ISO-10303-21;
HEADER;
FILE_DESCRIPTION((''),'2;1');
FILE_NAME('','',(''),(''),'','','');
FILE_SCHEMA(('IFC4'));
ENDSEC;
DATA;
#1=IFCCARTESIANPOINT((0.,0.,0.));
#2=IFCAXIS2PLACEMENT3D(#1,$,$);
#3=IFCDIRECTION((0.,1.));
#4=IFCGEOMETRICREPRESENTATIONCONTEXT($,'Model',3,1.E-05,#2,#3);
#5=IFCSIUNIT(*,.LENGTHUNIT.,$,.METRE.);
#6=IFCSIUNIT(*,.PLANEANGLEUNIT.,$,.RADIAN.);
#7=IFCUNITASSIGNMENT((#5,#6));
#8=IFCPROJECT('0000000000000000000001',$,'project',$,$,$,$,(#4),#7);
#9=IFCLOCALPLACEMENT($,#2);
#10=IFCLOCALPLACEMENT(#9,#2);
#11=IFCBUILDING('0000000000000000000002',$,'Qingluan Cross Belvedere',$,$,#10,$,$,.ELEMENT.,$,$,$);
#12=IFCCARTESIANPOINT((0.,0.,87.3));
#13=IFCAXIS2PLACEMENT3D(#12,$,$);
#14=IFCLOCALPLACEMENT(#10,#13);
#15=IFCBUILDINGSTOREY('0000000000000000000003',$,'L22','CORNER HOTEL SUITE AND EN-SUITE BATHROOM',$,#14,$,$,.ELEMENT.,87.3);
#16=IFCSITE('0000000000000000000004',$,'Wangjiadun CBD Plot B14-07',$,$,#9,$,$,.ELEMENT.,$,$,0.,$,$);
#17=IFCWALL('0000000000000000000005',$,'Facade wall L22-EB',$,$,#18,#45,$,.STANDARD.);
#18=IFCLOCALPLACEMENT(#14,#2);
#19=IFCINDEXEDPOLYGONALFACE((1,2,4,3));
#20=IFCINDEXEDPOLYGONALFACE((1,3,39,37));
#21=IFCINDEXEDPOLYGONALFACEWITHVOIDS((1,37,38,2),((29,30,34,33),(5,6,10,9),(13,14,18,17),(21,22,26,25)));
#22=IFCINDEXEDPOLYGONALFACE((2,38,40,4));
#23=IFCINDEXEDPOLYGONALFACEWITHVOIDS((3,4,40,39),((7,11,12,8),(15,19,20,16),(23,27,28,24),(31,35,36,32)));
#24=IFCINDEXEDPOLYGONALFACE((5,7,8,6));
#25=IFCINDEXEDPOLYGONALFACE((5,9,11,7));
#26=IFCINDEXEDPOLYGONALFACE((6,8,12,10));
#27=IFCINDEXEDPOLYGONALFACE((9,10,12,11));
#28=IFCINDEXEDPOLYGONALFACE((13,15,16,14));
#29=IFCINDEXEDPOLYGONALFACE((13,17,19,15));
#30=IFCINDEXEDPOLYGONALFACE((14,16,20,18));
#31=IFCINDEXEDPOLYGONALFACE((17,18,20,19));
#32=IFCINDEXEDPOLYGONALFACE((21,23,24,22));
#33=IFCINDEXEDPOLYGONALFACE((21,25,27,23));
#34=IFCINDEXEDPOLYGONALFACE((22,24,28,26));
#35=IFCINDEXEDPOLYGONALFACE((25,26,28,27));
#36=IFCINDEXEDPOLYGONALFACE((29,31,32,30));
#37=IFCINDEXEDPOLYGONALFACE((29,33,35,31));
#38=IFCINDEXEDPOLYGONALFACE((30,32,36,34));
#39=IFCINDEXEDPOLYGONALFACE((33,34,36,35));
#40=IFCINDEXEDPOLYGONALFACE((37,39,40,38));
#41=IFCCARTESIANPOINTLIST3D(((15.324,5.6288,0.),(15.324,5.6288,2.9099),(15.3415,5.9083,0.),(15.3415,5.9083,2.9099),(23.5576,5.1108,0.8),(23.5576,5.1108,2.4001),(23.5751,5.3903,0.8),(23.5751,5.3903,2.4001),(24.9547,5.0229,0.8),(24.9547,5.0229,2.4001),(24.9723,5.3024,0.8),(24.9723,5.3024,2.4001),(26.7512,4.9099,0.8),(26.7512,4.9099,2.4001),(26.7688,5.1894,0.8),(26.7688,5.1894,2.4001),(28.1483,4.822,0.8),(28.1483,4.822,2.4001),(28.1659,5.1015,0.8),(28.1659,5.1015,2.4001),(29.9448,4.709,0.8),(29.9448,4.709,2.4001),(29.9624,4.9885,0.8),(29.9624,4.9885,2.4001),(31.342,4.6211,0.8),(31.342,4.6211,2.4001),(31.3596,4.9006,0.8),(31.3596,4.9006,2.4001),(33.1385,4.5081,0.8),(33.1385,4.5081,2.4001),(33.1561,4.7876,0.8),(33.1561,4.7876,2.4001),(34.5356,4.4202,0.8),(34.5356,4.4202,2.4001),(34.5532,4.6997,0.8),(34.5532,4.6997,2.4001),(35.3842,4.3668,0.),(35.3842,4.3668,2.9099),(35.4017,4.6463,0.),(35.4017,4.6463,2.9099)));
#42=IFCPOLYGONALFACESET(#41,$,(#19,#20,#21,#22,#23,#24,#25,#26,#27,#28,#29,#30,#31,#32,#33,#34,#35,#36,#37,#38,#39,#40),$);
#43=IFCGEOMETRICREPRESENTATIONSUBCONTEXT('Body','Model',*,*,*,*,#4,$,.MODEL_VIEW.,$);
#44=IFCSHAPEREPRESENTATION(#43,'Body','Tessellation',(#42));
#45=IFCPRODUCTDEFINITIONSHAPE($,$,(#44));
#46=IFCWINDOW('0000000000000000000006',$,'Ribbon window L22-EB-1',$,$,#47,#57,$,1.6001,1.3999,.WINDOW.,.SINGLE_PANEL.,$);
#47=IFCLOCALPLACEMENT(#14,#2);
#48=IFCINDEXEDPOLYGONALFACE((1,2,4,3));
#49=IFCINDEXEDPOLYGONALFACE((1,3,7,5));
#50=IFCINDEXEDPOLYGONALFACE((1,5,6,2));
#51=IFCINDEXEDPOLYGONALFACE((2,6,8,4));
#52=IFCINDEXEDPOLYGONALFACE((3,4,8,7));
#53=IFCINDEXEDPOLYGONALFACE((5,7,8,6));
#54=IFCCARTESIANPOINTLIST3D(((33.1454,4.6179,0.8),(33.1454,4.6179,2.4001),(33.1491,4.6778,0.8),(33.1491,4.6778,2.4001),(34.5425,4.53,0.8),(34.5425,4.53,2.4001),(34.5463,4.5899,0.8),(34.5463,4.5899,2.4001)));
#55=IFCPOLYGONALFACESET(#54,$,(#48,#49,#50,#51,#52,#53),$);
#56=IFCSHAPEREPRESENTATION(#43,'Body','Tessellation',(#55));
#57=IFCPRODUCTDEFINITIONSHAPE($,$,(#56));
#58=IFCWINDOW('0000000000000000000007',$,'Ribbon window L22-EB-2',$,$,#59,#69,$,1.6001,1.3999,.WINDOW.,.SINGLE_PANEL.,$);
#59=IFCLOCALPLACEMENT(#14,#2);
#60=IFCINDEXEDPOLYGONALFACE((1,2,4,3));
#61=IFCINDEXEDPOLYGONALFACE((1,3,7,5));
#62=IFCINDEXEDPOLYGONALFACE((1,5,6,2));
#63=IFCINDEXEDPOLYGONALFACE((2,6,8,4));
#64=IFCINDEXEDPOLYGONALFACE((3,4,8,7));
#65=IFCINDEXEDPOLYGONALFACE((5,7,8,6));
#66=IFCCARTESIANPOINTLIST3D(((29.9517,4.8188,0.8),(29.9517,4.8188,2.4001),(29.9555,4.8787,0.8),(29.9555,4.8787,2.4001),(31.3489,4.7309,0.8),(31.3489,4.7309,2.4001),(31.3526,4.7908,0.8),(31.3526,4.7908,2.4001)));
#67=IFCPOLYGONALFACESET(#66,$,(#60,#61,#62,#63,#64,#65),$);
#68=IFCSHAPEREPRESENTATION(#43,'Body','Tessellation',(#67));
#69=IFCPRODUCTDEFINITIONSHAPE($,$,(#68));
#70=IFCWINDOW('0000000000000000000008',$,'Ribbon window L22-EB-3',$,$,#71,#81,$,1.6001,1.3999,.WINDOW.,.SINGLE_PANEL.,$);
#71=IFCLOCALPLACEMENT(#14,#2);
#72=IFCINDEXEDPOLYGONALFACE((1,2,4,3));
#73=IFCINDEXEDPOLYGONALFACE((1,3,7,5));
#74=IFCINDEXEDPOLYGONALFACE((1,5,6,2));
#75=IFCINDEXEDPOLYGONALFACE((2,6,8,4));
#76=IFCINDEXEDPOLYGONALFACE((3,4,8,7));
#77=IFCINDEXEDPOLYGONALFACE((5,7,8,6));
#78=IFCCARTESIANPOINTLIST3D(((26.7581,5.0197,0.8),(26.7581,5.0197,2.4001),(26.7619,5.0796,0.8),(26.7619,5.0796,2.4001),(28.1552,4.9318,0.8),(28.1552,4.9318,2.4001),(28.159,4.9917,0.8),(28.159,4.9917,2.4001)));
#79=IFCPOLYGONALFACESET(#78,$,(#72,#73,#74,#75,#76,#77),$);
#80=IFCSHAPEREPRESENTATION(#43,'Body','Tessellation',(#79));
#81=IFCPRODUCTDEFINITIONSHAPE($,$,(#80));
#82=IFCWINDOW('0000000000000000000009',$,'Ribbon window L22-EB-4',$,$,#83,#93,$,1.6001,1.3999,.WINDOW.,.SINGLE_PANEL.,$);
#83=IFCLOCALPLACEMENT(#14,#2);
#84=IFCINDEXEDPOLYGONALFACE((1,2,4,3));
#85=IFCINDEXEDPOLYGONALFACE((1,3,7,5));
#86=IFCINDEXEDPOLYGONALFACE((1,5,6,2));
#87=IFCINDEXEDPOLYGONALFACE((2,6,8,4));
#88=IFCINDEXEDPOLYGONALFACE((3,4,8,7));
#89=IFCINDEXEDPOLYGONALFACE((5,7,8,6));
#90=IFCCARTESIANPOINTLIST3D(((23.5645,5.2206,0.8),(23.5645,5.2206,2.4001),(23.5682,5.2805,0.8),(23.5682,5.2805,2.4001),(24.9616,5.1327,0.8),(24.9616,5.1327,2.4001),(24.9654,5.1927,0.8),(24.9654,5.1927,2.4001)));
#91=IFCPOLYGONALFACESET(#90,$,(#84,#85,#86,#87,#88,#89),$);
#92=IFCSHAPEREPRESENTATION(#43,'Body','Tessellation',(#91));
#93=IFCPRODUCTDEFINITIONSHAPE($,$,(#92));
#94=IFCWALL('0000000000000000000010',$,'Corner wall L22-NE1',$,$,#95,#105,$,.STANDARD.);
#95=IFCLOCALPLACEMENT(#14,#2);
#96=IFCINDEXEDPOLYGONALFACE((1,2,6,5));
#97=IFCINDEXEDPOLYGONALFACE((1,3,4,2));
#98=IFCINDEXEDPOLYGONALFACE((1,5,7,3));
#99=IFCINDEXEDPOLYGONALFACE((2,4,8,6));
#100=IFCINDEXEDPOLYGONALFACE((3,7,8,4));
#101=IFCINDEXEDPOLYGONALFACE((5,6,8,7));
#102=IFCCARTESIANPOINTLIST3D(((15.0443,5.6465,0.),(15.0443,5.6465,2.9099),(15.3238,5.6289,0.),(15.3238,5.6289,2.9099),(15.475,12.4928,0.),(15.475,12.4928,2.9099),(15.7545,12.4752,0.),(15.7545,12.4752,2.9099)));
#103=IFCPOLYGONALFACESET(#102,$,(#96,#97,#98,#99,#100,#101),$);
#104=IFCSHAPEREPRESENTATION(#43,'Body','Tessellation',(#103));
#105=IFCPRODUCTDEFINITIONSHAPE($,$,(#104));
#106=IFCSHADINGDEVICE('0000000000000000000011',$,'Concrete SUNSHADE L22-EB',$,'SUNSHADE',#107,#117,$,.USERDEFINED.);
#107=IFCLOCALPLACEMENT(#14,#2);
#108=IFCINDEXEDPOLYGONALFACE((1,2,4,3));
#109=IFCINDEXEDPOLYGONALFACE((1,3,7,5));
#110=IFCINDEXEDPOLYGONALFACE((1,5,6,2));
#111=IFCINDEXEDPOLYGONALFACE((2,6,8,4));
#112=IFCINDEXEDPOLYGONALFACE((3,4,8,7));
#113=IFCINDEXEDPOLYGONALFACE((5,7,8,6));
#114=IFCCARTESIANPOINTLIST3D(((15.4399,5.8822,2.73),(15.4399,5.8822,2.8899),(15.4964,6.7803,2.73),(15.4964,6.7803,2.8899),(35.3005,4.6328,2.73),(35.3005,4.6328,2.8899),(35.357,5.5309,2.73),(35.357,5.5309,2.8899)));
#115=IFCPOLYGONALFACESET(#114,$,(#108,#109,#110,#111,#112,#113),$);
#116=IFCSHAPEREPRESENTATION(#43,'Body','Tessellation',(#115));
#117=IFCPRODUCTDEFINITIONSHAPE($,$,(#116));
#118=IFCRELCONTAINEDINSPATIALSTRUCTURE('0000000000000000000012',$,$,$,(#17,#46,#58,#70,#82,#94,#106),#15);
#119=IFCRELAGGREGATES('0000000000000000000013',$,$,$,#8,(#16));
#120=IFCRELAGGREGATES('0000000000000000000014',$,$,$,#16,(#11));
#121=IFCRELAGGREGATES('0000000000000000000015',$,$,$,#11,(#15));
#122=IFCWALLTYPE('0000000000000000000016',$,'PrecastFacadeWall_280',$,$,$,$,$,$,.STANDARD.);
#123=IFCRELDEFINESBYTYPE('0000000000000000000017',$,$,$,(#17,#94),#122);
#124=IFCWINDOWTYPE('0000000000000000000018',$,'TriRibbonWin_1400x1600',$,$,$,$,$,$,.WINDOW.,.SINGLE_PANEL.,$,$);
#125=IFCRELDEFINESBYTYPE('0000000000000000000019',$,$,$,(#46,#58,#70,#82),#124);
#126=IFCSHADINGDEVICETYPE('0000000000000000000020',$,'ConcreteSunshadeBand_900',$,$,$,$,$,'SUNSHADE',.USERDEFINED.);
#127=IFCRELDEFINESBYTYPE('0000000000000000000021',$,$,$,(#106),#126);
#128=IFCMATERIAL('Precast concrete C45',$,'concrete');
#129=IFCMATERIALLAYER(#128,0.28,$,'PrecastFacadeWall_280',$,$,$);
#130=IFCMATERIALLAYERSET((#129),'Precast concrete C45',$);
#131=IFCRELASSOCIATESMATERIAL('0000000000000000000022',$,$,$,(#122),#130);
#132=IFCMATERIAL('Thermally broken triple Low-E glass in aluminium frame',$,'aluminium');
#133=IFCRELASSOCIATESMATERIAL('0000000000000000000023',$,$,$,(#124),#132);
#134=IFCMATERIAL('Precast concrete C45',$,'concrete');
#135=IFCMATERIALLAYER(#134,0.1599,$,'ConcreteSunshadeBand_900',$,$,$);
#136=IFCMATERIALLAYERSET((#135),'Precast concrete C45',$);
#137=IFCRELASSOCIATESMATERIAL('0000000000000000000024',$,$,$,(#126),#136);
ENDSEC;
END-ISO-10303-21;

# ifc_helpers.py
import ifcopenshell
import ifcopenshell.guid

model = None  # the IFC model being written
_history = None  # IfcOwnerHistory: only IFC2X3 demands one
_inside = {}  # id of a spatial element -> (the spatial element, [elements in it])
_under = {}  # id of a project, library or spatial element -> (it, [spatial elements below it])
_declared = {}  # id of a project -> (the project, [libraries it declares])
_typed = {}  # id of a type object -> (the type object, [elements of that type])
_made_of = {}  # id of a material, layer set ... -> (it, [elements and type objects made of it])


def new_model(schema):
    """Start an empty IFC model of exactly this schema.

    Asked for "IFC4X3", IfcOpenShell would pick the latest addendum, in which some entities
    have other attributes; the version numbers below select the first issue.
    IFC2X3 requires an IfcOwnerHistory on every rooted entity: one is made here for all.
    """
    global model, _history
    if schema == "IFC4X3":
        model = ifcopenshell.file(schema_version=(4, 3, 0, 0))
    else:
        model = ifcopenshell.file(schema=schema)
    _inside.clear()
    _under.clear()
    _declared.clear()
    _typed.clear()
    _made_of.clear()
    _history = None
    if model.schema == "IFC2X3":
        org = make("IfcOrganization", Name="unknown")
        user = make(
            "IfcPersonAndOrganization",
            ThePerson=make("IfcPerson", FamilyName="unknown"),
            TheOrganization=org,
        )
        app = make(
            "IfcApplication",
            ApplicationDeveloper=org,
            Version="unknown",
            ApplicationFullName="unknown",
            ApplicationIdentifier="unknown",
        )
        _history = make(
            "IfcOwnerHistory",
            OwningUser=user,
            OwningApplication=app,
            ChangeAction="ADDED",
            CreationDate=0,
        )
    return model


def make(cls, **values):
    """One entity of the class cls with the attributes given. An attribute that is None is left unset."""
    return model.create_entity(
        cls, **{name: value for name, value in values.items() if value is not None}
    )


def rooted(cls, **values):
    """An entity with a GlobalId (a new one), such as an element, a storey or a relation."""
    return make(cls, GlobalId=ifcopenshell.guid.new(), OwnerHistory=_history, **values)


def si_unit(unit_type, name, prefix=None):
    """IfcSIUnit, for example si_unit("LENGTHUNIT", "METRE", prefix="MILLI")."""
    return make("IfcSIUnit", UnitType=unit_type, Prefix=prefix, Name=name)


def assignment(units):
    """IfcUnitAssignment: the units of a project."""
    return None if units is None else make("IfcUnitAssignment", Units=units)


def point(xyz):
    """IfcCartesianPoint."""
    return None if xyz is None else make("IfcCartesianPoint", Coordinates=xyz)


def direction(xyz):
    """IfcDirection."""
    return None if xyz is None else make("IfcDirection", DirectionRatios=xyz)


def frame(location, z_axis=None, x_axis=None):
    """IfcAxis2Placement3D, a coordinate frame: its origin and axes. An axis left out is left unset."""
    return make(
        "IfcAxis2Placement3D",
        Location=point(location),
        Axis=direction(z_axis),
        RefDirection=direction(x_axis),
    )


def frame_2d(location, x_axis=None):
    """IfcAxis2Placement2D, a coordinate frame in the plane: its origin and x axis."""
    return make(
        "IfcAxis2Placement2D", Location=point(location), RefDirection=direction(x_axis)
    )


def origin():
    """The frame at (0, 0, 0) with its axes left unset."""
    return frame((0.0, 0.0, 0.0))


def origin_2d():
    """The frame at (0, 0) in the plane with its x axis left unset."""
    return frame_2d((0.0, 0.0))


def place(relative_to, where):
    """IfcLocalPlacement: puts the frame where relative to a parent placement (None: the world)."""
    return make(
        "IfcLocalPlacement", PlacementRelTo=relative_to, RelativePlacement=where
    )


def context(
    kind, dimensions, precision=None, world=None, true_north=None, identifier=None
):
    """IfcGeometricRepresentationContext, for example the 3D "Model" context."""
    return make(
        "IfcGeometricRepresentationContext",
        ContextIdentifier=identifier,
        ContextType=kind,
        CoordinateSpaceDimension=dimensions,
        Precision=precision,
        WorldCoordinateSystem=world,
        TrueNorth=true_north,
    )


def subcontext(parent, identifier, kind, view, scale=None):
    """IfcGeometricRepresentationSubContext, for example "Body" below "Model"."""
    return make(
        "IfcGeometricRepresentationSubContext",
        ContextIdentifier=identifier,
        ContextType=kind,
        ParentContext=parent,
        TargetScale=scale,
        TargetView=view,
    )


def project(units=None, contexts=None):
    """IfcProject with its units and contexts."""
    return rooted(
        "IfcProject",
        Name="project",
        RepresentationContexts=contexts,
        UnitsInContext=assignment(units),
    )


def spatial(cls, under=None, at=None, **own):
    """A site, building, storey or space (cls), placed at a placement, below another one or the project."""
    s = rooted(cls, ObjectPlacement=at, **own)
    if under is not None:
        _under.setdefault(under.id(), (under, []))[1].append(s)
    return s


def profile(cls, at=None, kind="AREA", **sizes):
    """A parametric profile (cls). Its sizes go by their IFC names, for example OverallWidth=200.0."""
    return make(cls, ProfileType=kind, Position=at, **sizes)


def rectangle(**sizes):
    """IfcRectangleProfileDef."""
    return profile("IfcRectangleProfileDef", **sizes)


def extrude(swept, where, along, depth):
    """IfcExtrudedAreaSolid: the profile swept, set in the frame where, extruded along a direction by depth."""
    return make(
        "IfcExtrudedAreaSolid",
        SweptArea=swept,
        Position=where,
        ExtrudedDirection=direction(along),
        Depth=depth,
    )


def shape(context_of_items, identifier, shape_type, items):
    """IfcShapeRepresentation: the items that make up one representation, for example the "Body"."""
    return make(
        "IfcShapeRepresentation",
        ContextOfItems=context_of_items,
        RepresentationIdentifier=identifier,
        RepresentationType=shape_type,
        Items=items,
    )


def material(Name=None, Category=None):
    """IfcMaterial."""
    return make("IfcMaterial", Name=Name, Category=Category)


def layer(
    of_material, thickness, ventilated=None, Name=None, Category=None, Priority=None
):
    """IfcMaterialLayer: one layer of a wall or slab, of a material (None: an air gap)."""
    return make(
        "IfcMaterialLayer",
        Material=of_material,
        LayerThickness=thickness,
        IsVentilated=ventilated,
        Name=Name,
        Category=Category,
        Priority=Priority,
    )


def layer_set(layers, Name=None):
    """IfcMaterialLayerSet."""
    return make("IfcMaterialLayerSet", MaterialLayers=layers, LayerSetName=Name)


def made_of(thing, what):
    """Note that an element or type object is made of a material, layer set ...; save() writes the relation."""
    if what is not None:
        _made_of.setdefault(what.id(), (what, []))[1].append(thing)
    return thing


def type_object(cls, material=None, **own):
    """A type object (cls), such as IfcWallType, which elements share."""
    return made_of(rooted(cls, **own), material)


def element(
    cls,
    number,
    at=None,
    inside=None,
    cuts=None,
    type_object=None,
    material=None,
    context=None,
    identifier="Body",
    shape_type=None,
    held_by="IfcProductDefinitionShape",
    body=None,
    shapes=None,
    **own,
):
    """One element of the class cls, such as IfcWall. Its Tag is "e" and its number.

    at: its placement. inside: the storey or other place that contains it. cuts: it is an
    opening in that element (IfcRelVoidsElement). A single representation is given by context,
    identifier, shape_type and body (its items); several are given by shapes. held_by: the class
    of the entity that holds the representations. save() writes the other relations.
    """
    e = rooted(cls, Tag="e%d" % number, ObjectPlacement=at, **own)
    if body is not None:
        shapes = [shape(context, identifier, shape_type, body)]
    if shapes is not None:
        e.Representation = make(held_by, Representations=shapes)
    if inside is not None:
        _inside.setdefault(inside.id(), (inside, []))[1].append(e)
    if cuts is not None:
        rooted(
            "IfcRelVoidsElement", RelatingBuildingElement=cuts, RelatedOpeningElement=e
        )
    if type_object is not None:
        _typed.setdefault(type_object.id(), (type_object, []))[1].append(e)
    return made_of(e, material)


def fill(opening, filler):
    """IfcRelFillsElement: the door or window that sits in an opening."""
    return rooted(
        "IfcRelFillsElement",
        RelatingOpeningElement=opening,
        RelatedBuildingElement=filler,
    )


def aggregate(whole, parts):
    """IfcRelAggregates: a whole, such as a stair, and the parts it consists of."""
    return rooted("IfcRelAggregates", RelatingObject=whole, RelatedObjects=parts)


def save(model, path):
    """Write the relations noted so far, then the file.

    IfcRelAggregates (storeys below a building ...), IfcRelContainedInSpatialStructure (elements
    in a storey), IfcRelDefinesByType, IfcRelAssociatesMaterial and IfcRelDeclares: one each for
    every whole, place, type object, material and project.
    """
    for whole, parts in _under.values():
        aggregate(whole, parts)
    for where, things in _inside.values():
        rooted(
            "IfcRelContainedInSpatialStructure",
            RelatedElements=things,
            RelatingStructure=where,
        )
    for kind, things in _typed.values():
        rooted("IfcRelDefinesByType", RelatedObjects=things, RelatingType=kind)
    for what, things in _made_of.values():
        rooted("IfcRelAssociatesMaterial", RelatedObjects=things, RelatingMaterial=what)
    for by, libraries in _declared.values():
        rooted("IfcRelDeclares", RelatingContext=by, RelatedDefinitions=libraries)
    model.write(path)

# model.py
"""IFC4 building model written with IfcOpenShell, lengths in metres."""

from ifc_helpers import new_model, si_unit, direction, frame, frame_2d, origin, origin_2d, place, context, subcontext, project, spatial, rectangle, extrude, material, layer, layer_set, type_object, element, fill, save


model = new_model("IFC4")

# Units and contexts
model_context = context("Model", 3, precision=1e-05, world=origin(), true_north=direction((0.0, 1.0)))
body_context = subcontext(model_context, "Body", "Model", "MODEL_VIEW")
ifc_project = project(units=[si_unit("LENGTHUNIT", "METRE"), si_unit("PLANEANGLEUNIT", "RADIAN")], contexts=[model_context])

# Site, building, storey
site_placement = place(None, origin())
site = spatial("IfcSite", under=ifc_project, at=site_placement, Name="Wangjiadun CBD Plot B14-07", CompositionType="ELEMENT", RefElevation=0.0)
building_placement = place(site_placement, origin())
building = spatial("IfcBuilding", under=site, at=building_placement, Name="Qingluan Cross Belvedere", CompositionType="ELEMENT")
storey_placement = place(building_placement, frame((0.0, 0.0, 87.3)))
storey = spatial("IfcBuildingStorey", under=building, at=storey_placement, Name="L22", Description="CORNER HOTEL SUITE AND EN-SUITE BATHROOM", CompositionType="ELEMENT", Elevation=87.3)

# Wall, openings, windows
ifc_material_1 = material(Name="Precast concrete C45", Category="concrete")
ifc_layer_1 = layer(ifc_material_1, 0.28, Name="PrecastFacadeWall_280")
ifc_layer_set_1 = layer_set([ifc_layer_1], Name="Precast concrete C45")
wall_type_1 = type_object("IfcWallType", Name="PrecastFacadeWall_280", PredefinedType="STANDARD", material=ifc_layer_set_1)
wall_1_placement = place(storey_placement, frame((35.3928, 4.5066, 0.0), z_axis=(0.0, 0.0, 1.0), x_axis=(-0.998027, 0.062784, 0.0)))
wall_1 = element("IfcWall", 1, at=wall_1_placement, inside=storey, type_object=wall_type_1, Name="Facade wall L22-EB", PredefinedType="STANDARD", context=body_context, shape_type="SweptSolid", body=[
    extrude(rectangle(XDim=20.0999, YDim=0.28, at=frame_2d((10.0498, 0.0))), origin(), (0.0, 0.0, 1.0), 2.9099),
])
opening_1_placement = place(wall_1_placement, frame((0.8501, 0.0, 0.8)))
opening_1 = element("IfcOpeningElement", 2, at=opening_1_placement, cuts=wall_1, PredefinedType="OPENING", context=body_context, shape_type="SweptSolid", body=[
    extrude(rectangle(XDim=1.3999, YDim=1.6001, at=frame_2d((0.7, 0.8))), frame((0.0, 0.1499, 0.0), z_axis=(0.0, -1.0, 0.0), x_axis=(1.0, 0.0, 0.0)), (0.0, 0.0, 1.0), 0.3),
])
opening_2_placement = place(wall_1_placement, frame((4.05, 0.0, 0.8)))
opening_2 = element("IfcOpeningElement", 3, at=opening_2_placement, cuts=wall_1, PredefinedType="OPENING", context=body_context, shape_type="SweptSolid", body=[
    extrude(rectangle(XDim=1.3999, YDim=1.6001, at=frame_2d((0.7, 0.8))), frame((0.0, 0.1499, 0.0), z_axis=(0.0, -1.0, 0.0), x_axis=(1.0, 0.0, 0.0)), (0.0, 0.0, 1.0), 0.3),
])
opening_3_placement = place(wall_1_placement, frame((7.25, 0.0, 0.8)))
opening_3 = element("IfcOpeningElement", 4, at=opening_3_placement, cuts=wall_1, PredefinedType="OPENING", context=body_context, shape_type="SweptSolid", body=[
    extrude(rectangle(XDim=1.3999, YDim=1.6001, at=frame_2d((0.7, 0.8))), frame((0.0, 0.1499, 0.0), z_axis=(0.0, -1.0, 0.0), x_axis=(1.0, 0.0, 0.0)), (0.0, 0.0, 1.0), 0.3),
])
opening_4_placement = place(wall_1_placement, frame((10.45, 0.0, 0.8)))
opening_4 = element("IfcOpeningElement", 5, at=opening_4_placement, cuts=wall_1, PredefinedType="OPENING", context=body_context, shape_type="SweptSolid", body=[
    extrude(rectangle(XDim=1.3999, YDim=1.6001, at=frame_2d((0.7, 0.8))), frame((0.0, 0.1499, 0.0), z_axis=(0.0, -1.0, 0.0), x_axis=(1.0, 0.0, 0.0)), (0.0, 0.0, 1.0), 0.3),
])
ifc_material_2 = material(Name="Thermally broken triple Low-E glass in aluminium frame", Category="aluminium")
window_type = type_object("IfcWindowType", Name="TriRibbonWin_1400x1600", PartitioningType="SINGLE_PANEL", PredefinedType="WINDOW", material=ifc_material_2)
window_1_placement = place(opening_1_placement, origin())
window_1 = element("IfcWindow", 6, at=window_1_placement, inside=storey, type_object=window_type, Name="Ribbon window L22-EB-1", OverallHeight=1.6001, OverallWidth=1.3999, PartitioningType="SINGLE_PANEL", PredefinedType="WINDOW", context=body_context, shape_type="SweptSolid", body=[
    extrude(rectangle(XDim=1.3999, YDim=1.6001, at=frame_2d((0.7, 0.8))), frame((0.0, 0.03, 0.0), z_axis=(0.0, -1.0, 0.0), x_axis=(1.0, 0.0, 0.0)), (0.0, 0.0, 1.0), 0.0601),
])
fill(opening_1, window_1)
window_2_placement = place(opening_2_placement, origin())
window_2 = element("IfcWindow", 7, at=window_2_placement, inside=storey, type_object=window_type, Name="Ribbon window L22-EB-2", OverallHeight=1.6001, OverallWidth=1.3999, PartitioningType="SINGLE_PANEL", PredefinedType="WINDOW", context=body_context, shape_type="SweptSolid", body=[
    extrude(rectangle(XDim=1.3999, YDim=1.6001, at=frame_2d((0.7, 0.8))), frame((0.0, 0.03, 0.0), z_axis=(0.0, -1.0, 0.0), x_axis=(1.0, 0.0, 0.0)), (0.0, 0.0, 1.0), 0.0601),
])
fill(opening_2, window_2)
window_3_placement = place(opening_3_placement, origin())
window_3 = element("IfcWindow", 8, at=window_3_placement, inside=storey, type_object=window_type, Name="Ribbon window L22-EB-3", OverallHeight=1.6001, OverallWidth=1.3999, PartitioningType="SINGLE_PANEL", PredefinedType="WINDOW", context=body_context, shape_type="SweptSolid", body=[
    extrude(rectangle(XDim=1.3999, YDim=1.6001, at=frame_2d((0.7, 0.8))), frame((0.0, 0.03, 0.0), z_axis=(0.0, -1.0, 0.0), x_axis=(1.0, 0.0, 0.0)), (0.0, 0.0, 1.0), 0.0601),
])
fill(opening_3, window_3)
window_4_placement = place(opening_4_placement, origin())
window_4 = element("IfcWindow", 9, at=window_4_placement, inside=storey, type_object=window_type, Name="Ribbon window L22-EB-4", OverallHeight=1.6001, OverallWidth=1.3999, PartitioningType="SINGLE_PANEL", PredefinedType="WINDOW", context=body_context, shape_type="SweptSolid", body=[
    extrude(rectangle(XDim=1.3999, YDim=1.6001, at=frame_2d((0.7, 0.8))), frame((0.0, 0.03, 0.0), z_axis=(0.0, -1.0, 0.0), x_axis=(1.0, 0.0, 0.0)), (0.0, 0.0, 1.0), 0.0601),
])
fill(opening_4, window_4)

# Wall
wall_2_placement = place(storey_placement, frame((15.1841, 5.6377, 0.0), z_axis=(0.0, 0.0, 1.0), x_axis=(0.062779, 0.998027, 0.0)))
element("IfcWall", 10, at=wall_2_placement, inside=storey, type_object=wall_type_1, Name="Corner wall L22-NE1", PredefinedType="STANDARD", context=body_context, shape_type="SweptSolid", body=[
    extrude(rectangle(XDim=6.8599, YDim=0.28, at=frame_2d((3.4299, 0.0))), origin(), (0.0, 0.0, 1.0), 2.9099),
])

# Shading device
ifc_material_3 = material(Name="Precast concrete C45", Category="concrete")
ifc_layer_2 = layer(ifc_material_3, 0.1599, Name="ConcreteSunshadeBand_900")
ifc_layer_set_2 = layer_set([ifc_layer_2], Name="Precast concrete C45")
shading_device_type = type_object("IfcShadingDeviceType", Name="ConcreteSunshadeBand_900", ElementType="SUNSHADE", PredefinedType="USERDEFINED", material=ifc_layer_set_2)
shading_device_placement = place(storey_placement, frame((25.3984, 5.7065, 2.73), z_axis=(0.0, 0.0, 1.0), x_axis=(-0.998027, 0.062786, 0.0)))
element("IfcShadingDevice", 11, at=shading_device_placement, inside=storey, type_object=shading_device_type, Name="Concrete SUNSHADE L22-EB", ObjectType="SUNSHADE", PredefinedType="USERDEFINED", context=body_context, shape_type="SweptSolid", body=[
    extrude(rectangle(XDim=19.8999, YDim=0.8999, at=origin_2d()), origin(), (0.0, 0.0, 1.0), 0.1599),
])

save(model, "model.ifc")
